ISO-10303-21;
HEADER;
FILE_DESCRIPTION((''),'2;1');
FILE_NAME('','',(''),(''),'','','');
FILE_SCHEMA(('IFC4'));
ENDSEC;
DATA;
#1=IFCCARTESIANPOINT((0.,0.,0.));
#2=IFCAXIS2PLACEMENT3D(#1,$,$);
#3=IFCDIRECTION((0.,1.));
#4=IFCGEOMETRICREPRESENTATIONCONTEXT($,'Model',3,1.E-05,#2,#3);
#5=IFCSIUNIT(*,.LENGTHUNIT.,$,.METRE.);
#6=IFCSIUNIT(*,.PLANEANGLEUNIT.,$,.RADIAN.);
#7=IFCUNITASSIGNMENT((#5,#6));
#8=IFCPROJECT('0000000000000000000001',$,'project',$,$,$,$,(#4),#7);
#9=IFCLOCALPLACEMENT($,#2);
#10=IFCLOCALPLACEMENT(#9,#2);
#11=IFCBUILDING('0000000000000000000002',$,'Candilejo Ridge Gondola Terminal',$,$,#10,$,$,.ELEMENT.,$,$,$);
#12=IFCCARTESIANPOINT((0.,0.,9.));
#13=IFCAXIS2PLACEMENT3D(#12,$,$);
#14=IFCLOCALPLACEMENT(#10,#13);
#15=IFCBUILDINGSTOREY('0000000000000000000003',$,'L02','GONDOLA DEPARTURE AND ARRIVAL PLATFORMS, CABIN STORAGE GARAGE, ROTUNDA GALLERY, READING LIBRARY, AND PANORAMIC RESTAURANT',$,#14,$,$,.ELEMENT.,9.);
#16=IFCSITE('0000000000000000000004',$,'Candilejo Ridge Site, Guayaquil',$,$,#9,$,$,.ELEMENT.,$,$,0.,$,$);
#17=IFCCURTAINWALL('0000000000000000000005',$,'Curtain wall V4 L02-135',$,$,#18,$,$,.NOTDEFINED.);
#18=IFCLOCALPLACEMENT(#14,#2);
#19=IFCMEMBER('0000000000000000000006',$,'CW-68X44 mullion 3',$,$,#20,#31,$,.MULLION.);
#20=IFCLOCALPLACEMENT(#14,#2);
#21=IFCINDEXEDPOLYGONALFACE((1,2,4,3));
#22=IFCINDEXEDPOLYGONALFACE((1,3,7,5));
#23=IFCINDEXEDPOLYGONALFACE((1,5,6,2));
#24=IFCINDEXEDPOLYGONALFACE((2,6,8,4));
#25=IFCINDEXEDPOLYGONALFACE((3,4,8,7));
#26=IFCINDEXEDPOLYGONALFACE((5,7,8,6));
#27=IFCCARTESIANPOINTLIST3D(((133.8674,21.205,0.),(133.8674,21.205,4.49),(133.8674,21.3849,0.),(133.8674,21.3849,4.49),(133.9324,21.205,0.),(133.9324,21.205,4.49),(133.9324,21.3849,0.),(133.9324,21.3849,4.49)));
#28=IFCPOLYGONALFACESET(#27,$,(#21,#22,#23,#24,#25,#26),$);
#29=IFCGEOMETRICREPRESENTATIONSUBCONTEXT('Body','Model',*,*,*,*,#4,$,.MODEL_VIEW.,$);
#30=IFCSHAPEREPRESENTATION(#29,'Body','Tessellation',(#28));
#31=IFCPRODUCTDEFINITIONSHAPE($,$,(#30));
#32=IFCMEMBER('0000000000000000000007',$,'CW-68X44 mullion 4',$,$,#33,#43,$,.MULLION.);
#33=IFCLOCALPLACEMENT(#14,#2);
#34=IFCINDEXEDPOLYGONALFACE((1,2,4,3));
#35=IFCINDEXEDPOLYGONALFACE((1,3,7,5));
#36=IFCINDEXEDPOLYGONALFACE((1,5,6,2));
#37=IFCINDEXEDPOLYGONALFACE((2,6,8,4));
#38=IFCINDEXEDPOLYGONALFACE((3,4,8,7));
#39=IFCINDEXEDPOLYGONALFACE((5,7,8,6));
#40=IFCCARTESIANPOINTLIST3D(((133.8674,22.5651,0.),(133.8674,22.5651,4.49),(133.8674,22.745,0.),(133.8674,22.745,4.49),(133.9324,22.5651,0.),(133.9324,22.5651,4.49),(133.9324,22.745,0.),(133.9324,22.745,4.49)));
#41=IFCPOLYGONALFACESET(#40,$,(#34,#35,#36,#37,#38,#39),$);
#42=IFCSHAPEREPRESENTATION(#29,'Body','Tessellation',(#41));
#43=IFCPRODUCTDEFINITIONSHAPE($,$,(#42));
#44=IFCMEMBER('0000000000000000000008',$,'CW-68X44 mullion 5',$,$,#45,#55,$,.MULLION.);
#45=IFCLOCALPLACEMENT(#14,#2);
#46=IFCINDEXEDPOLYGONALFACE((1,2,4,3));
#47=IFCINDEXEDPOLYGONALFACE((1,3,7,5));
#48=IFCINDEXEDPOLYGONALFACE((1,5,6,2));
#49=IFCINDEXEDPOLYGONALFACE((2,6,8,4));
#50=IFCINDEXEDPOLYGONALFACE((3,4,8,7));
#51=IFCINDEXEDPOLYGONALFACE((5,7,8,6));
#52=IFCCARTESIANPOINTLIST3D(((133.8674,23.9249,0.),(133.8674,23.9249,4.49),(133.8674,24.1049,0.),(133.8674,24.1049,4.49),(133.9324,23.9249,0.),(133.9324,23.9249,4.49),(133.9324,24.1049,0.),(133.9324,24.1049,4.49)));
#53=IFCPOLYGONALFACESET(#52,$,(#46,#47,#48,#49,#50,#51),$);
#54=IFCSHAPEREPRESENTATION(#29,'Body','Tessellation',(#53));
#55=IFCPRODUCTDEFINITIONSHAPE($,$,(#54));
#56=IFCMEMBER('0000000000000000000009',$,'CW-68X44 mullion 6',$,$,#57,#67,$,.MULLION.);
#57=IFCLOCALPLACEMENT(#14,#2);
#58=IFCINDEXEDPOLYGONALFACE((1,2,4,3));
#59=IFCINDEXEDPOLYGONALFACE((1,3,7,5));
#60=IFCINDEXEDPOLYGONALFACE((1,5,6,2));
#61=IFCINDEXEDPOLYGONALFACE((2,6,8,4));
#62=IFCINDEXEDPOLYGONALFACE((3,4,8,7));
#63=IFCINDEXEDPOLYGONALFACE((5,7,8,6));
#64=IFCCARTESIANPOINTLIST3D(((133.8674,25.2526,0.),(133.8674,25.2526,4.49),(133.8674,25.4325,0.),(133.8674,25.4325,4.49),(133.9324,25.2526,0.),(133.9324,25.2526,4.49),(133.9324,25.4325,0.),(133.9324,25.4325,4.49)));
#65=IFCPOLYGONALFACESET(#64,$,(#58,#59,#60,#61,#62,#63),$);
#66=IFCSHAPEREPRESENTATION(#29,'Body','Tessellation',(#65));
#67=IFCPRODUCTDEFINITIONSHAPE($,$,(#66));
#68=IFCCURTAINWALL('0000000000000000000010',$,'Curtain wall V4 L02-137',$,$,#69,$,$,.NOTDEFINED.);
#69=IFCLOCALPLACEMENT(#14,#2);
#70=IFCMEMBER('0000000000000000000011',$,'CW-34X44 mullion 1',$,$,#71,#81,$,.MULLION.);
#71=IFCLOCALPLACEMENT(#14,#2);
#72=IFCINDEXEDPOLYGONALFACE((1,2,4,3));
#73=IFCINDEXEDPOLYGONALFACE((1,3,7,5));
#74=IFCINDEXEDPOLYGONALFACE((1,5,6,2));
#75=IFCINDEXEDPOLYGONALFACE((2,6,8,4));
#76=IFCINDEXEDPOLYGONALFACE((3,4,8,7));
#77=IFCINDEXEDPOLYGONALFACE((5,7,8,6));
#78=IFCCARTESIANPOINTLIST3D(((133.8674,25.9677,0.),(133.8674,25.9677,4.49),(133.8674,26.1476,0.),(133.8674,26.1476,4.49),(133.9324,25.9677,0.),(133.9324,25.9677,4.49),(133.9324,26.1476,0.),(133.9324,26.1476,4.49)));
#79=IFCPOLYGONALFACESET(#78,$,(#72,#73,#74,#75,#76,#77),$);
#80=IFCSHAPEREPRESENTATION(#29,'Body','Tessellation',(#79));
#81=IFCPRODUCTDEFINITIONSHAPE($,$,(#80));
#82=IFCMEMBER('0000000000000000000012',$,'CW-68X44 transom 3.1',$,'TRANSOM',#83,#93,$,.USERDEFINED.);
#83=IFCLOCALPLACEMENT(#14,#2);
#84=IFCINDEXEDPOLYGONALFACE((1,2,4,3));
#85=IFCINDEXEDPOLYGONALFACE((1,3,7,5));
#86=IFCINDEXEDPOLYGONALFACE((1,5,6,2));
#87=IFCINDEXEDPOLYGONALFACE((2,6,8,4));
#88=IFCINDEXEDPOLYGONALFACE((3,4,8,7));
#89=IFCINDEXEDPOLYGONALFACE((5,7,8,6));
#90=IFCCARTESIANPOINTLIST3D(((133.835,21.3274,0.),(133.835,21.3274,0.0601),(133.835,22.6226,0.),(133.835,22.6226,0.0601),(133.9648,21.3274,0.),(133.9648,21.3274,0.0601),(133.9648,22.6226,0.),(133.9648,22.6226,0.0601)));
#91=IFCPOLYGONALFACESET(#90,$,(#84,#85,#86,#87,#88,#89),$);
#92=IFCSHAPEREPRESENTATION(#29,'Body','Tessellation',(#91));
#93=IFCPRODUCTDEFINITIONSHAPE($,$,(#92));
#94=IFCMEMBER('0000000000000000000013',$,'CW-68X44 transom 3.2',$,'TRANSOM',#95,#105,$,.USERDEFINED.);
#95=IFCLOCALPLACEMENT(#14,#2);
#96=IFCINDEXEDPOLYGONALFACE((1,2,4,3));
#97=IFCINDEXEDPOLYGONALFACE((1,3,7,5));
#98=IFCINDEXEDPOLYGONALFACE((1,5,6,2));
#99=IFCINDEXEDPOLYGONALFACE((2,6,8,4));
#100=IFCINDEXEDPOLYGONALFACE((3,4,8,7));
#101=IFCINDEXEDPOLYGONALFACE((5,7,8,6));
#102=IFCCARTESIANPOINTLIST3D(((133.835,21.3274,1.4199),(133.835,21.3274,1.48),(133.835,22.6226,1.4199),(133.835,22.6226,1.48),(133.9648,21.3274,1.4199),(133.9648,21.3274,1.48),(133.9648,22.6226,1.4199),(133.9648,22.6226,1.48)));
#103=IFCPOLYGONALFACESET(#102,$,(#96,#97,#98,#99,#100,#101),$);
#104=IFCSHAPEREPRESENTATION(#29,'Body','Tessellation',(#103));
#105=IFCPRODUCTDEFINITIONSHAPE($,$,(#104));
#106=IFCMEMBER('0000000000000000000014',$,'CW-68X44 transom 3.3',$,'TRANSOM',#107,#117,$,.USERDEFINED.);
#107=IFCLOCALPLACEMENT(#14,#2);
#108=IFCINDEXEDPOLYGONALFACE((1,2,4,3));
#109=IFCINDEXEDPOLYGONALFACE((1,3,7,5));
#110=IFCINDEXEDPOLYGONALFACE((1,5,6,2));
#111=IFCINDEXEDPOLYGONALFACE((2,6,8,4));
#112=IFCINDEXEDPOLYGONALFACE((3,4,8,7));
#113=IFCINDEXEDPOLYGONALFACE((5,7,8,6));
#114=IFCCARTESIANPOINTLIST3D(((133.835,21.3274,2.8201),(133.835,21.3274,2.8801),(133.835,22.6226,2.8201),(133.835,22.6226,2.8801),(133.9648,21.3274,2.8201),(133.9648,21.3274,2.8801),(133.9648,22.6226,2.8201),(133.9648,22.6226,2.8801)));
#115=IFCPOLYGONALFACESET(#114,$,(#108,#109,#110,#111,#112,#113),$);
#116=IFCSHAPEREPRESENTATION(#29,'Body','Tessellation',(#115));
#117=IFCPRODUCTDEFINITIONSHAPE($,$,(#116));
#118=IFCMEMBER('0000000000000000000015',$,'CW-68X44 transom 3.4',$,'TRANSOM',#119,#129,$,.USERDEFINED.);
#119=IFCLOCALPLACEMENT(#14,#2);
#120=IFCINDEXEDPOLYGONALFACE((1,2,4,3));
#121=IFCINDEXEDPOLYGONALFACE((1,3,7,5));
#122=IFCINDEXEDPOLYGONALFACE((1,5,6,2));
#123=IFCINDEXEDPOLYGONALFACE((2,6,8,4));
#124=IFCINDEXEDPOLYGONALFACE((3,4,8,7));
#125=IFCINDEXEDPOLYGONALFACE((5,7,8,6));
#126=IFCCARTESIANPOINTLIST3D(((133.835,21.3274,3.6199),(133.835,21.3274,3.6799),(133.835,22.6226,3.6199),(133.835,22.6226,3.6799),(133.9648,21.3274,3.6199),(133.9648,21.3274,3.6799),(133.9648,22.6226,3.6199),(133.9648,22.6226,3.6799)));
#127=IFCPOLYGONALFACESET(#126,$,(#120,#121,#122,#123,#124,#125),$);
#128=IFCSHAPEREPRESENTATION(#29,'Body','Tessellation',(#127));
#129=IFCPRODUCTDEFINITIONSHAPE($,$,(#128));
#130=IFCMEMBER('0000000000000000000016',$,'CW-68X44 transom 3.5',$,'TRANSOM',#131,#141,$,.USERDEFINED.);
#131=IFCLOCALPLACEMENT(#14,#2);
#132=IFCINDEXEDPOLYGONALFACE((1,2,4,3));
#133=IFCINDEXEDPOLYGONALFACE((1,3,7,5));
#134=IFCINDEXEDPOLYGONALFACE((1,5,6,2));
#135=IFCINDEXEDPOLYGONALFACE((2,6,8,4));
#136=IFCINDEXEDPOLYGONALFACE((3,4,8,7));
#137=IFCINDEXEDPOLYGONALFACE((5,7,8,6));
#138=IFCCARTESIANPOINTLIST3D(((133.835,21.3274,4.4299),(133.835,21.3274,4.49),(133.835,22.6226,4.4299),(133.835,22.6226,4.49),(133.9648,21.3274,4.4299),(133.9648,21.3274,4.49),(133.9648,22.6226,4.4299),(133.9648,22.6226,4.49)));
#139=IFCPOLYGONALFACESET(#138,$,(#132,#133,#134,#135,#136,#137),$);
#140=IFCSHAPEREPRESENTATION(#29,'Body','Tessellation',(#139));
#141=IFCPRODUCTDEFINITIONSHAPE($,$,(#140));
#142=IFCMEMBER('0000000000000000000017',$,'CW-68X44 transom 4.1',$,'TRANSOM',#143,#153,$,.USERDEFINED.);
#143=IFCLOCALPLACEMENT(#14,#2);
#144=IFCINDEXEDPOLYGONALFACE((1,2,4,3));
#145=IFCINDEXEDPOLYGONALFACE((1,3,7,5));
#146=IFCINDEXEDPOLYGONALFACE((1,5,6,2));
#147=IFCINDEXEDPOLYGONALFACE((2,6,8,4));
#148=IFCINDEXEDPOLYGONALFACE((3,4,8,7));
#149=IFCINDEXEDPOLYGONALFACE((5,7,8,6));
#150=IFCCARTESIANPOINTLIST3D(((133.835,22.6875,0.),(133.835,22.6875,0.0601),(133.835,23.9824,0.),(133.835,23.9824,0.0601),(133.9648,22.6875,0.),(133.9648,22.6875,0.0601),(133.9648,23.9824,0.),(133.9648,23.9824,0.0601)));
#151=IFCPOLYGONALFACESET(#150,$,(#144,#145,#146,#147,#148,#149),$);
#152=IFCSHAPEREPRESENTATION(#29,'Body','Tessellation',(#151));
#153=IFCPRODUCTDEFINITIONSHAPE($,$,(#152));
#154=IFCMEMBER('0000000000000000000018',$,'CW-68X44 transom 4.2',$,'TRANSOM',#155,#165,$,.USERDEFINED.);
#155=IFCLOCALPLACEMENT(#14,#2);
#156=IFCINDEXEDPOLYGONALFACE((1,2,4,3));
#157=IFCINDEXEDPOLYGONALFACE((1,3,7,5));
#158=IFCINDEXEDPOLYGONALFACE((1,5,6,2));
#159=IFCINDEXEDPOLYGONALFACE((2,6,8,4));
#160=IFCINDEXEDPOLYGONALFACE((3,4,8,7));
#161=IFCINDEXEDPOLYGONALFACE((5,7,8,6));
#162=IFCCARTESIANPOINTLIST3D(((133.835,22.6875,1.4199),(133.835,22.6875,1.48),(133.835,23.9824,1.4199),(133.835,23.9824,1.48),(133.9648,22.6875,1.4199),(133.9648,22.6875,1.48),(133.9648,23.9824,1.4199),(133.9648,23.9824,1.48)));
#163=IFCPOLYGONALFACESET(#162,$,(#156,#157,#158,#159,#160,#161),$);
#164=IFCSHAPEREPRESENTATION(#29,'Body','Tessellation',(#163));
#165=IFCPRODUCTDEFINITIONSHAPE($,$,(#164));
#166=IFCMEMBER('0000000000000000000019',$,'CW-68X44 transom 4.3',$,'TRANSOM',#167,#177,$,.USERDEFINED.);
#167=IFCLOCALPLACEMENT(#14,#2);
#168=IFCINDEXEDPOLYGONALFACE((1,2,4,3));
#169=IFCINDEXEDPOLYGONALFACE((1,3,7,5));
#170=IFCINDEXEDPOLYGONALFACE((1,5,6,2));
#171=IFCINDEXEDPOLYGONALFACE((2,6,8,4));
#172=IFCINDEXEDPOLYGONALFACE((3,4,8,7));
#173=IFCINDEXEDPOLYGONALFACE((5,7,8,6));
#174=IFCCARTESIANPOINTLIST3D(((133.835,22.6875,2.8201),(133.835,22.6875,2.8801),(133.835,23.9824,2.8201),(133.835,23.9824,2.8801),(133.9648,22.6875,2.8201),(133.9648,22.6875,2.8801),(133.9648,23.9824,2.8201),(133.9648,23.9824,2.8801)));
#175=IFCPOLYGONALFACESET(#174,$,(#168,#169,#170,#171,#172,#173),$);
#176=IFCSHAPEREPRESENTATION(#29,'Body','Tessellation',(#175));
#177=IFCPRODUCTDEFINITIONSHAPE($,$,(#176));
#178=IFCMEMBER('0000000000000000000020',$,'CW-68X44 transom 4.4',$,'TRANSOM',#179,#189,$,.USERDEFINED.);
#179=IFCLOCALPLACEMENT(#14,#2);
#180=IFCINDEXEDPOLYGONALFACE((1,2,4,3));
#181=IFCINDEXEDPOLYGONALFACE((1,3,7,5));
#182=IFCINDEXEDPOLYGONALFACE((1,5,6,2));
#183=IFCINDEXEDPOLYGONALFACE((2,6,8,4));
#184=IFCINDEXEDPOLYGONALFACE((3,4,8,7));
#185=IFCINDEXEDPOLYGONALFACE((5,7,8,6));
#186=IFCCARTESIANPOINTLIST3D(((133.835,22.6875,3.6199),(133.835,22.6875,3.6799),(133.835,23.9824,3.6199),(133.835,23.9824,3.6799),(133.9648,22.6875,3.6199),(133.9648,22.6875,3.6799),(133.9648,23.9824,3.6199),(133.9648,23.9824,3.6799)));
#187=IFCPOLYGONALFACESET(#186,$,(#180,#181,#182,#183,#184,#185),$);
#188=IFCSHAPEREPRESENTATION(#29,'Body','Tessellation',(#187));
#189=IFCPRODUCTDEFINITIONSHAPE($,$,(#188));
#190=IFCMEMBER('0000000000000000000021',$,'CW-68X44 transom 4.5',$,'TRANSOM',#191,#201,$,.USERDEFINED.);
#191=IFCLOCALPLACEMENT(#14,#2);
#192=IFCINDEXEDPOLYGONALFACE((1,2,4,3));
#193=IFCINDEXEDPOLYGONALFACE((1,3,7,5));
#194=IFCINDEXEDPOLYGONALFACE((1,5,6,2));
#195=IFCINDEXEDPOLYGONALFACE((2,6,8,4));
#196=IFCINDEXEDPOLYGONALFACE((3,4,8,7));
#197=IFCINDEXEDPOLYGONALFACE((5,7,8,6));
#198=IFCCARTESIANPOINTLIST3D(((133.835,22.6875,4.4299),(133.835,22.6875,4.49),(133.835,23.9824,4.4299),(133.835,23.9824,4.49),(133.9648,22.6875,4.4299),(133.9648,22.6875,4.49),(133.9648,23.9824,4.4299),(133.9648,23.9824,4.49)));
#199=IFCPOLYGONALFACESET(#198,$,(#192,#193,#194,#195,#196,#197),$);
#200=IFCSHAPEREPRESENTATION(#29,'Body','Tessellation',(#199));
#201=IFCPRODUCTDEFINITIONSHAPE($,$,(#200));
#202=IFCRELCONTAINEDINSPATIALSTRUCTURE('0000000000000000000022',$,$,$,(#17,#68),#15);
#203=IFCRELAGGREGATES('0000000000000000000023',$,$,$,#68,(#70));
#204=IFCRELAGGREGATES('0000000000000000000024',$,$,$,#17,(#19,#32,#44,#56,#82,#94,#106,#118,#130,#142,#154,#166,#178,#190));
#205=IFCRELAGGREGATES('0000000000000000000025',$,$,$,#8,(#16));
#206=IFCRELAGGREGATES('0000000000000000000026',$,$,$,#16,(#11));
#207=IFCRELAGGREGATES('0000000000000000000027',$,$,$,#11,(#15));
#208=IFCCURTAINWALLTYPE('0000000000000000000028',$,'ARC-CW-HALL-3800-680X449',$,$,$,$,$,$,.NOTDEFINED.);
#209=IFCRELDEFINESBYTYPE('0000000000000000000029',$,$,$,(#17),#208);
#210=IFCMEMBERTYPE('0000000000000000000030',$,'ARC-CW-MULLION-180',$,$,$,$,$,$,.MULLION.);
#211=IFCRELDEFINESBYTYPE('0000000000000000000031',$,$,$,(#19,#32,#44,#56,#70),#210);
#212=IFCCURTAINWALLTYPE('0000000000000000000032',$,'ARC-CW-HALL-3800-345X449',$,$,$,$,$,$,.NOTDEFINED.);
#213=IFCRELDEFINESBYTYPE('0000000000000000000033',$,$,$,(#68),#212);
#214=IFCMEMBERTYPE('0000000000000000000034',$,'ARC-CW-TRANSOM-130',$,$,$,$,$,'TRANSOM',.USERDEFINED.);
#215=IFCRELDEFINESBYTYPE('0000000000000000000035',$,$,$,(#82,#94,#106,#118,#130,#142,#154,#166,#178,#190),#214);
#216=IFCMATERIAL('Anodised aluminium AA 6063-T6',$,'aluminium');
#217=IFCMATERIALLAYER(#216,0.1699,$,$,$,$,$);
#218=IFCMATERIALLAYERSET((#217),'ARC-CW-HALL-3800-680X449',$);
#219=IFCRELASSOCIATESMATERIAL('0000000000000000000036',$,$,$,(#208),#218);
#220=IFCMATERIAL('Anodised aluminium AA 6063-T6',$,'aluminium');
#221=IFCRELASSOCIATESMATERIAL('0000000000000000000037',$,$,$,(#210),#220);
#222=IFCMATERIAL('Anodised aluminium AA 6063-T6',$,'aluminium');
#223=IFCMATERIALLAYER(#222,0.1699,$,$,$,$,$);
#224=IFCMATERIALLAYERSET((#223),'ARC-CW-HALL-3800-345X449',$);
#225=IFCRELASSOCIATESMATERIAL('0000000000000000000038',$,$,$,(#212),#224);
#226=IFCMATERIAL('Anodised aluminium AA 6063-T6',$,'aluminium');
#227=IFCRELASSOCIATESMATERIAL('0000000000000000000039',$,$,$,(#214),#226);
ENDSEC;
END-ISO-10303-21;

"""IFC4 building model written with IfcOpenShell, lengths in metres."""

from ifc_helpers import new_model, si_unit, direction, frame, origin, origin_2d, place, context, subcontext, project, spatial, rectangle, extrude, material, layer, layer_set, material_profile, profile_set, type_object, element, aggregate, save


model = new_model("IFC4")

# Units and contexts
model_context = context("Model", 3, precision=1e-05, world=origin(), true_north=direction((0.0, 1.0)))
body_context = subcontext(model_context, "Body", "Model", "MODEL_VIEW")
ifc_project = project(units=[si_unit("LENGTHUNIT", "METRE"), si_unit("PLANEANGLEUNIT", "RADIAN")], contexts=[model_context])

# Site, building, storey
site_placement = place(None, origin())
site = spatial("IfcSite", under=ifc_project, at=site_placement, Name="Candilejo Ridge Site, Guayaquil", CompositionType="ELEMENT", RefElevation=0.0)
building_placement = place(site_placement, origin())
building = spatial("IfcBuilding", under=site, at=building_placement, Name="Candilejo Ridge Gondola Terminal", CompositionType="ELEMENT")
storey_placement = place(building_placement, frame((0.0, 0.0, 9.0)))
storey = spatial("IfcBuildingStorey", under=building, at=storey_placement, Name="L02", Description="GONDOLA DEPARTURE AND ARRIVAL PLATFORMS, CABIN STORAGE GARAGE, ROTUNDA GALLERY, READING LIBRARY, AND PANORAMIC RESTAURANT", CompositionType="ELEMENT", Elevation=9.0)

# Curtain wall, members
ifc_material_1 = material(Name="Anodised aluminium AA 6063-T6", Category="aluminium")
ifc_layer_1 = layer(ifc_material_1, 0.1699)
ifc_layer_set_1 = layer_set([ifc_layer_1], Name="ARC-CW-HALL-3800-680X449")
curtain_wall_type_1 = type_object("IfcCurtainWallType", Name="ARC-CW-HALL-3800-680X449", PredefinedType="NOTDEFINED", material=ifc_layer_set_1)
curtain_wall_1_placement = place(storey_placement, origin())
curtain_wall_1 = element("IfcCurtainWall", 1, at=curtain_wall_1_placement, inside=storey, type_object=curtain_wall_type_1, Name="Curtain wall V4 L02-135", PredefinedType="NOTDEFINED")
ifc_material_2 = material(Name="Anodised aluminium AA 6063-T6", Category="aluminium")
ifc_material_profile_1 = material_profile(ifc_material_2, rectangle(XDim=0.0649, YDim=0.1799, at=origin_2d()))
ifc_profile_set_1 = profile_set([ifc_material_profile_1], Name="Anodised aluminium AA 6063-T6")
member_type_1 = type_object("IfcMemberType", Name="ARC-CW-MULLION-180", PredefinedType="MULLION", material=ifc_profile_set_1)
member_1_placement = place(storey_placement, frame((133.8999, 21.2949, 0.0), z_axis=(0.0, 0.0, 1.0), x_axis=(-1.0, 0.0, 0.0)))
member_1 = element("IfcMember", 2, at=member_1_placement, type_object=member_type_1, Name="CW-68X44 mullion 3", PredefinedType="MULLION", context=body_context, shape_type="SweptSolid", body=[
    extrude(rectangle(XDim=0.0649, YDim=0.1799, at=origin_2d()), origin(), (0.0, 0.0, 1.0), 4.49),
])
member_2_placement = place(storey_placement, frame((133.8999, 22.655, 0.0), z_axis=(0.0, 0.0, 1.0), x_axis=(-1.0, 0.0, 0.0)))
member_2 = element("IfcMember", 3, at=member_2_placement, type_object=member_type_1, Name="CW-68X44 mullion 4", PredefinedType="MULLION", context=body_context, shape_type="SweptSolid", body=[
    extrude(rectangle(XDim=0.0649, YDim=0.1799, at=origin_2d()), origin(), (0.0, 0.0, 1.0), 4.49),
])
member_3_placement = place(storey_placement, frame((133.8999, 24.0149, 0.0), z_axis=(0.0, 0.0, 1.0), x_axis=(-1.0, 0.0, 0.0)))
member_3 = element("IfcMember", 4, at=member_3_placement, type_object=member_type_1, Name="CW-68X44 mullion 5", PredefinedType="MULLION", context=body_context, shape_type="SweptSolid", body=[
    extrude(rectangle(XDim=0.0649, YDim=0.1799, at=origin_2d()), origin(), (0.0, 0.0, 1.0), 4.49),
])
member_4_placement = place(storey_placement, frame((133.8999, 25.3425, 0.0), z_axis=(0.0, 0.0, 1.0), x_axis=(-1.0, 0.0, 0.0)))
member_4 = element("IfcMember", 5, at=member_4_placement, type_object=member_type_1, Name="CW-68X44 mullion 6", PredefinedType="MULLION", context=body_context, shape_type="SweptSolid", body=[
    extrude(rectangle(XDim=0.0649, YDim=0.1799, at=origin_2d()), origin(), (0.0, 0.0, 1.0), 4.49),
])

# Curtain wall, member
ifc_material_3 = material(Name="Anodised aluminium AA 6063-T6", Category="aluminium")
ifc_layer_2 = layer(ifc_material_3, 0.1699)
ifc_layer_set_2 = layer_set([ifc_layer_2], Name="ARC-CW-HALL-3800-345X449")
curtain_wall_type_2 = type_object("IfcCurtainWallType", Name="ARC-CW-HALL-3800-345X449", PredefinedType="NOTDEFINED", material=ifc_layer_set_2)
curtain_wall_2_placement = place(storey_placement, origin())
curtain_wall_2 = element("IfcCurtainWall", 6, at=curtain_wall_2_placement, inside=storey, type_object=curtain_wall_type_2, Name="Curtain wall V4 L02-137", PredefinedType="NOTDEFINED")
member_5_placement = place(storey_placement, frame((133.8999, 26.0576, 0.0), z_axis=(0.0, 0.0, 1.0), x_axis=(-1.0, 0.0, 0.0)))
member_5 = element("IfcMember", 7, at=member_5_placement, type_object=member_type_1, Name="CW-34X44 mullion 1", PredefinedType="MULLION", context=body_context, shape_type="SweptSolid", body=[
    extrude(rectangle(XDim=0.0649, YDim=0.1799, at=origin_2d()), origin(), (0.0, 0.0, 1.0), 4.49),
])

# Members
ifc_material_4 = material(Name="Anodised aluminium AA 6063-T6", Category="aluminium")
ifc_material_profile_2 = material_profile(ifc_material_4, rectangle(XDim=0.1299, YDim=0.0601, at=origin_2d()))
ifc_profile_set_2 = profile_set([ifc_material_profile_2], Name="Anodised aluminium AA 6063-T6")
member_type_2 = type_object("IfcMemberType", Name="ARC-CW-TRANSOM-130", ElementType="TRANSOM", PredefinedType="USERDEFINED", material=ifc_profile_set_2)
member_6_placement = place(storey_placement, frame((133.8999, 21.3274, 0.03), z_axis=(0.0, 1.0, 0.0), x_axis=(-1.0, 0.0, 0.0)))
member_6 = element("IfcMember", 8, at=member_6_placement, type_object=member_type_2, Name="CW-68X44 transom 3.1", ObjectType="TRANSOM", PredefinedType="USERDEFINED", context=body_context, shape_type="SweptSolid", body=[
    extrude(rectangle(XDim=0.1299, YDim=0.0601, at=origin_2d()), origin(), (0.0, 0.0, 1.0), 1.2952),
])
member_7_placement = place(storey_placement, frame((133.8999, 21.3274, 1.45), z_axis=(0.0, 1.0, 0.0), x_axis=(-1.0, 0.0, 0.0)))
member_7 = element("IfcMember", 9, at=member_7_placement, type_object=member_type_2, Name="CW-68X44 transom 3.2", ObjectType="TRANSOM", PredefinedType="USERDEFINED", context=body_context, shape_type="SweptSolid", body=[
    extrude(rectangle(XDim=0.1299, YDim=0.0601, at=origin_2d()), origin(), (0.0, 0.0, 1.0), 1.2952),
])
member_8_placement = place(storey_placement, frame((133.8999, 21.3274, 2.8501), z_axis=(0.0, 1.0, 0.0), x_axis=(-1.0, 0.0, 0.0)))
member_8 = element("IfcMember", 10, at=member_8_placement, type_object=member_type_2, Name="CW-68X44 transom 3.3", ObjectType="TRANSOM", PredefinedType="USERDEFINED", context=body_context, shape_type="SweptSolid", body=[
    extrude(rectangle(XDim=0.1299, YDim=0.0601, at=origin_2d()), origin(), (0.0, 0.0, 1.0), 1.2952),
])
member_9_placement = place(storey_placement, frame((133.8999, 21.3274, 3.6499), z_axis=(0.0, 1.0, 0.0), x_axis=(-1.0, 0.0, 0.0)))
member_9 = element("IfcMember", 11, at=member_9_placement, type_object=member_type_2, Name="CW-68X44 transom 3.4", ObjectType="TRANSOM", PredefinedType="USERDEFINED", context=body_context, shape_type="SweptSolid", body=[
    extrude(rectangle(XDim=0.1299, YDim=0.0601, at=origin_2d()), origin(), (0.0, 0.0, 1.0), 1.2952),
])
member_10_placement = place(storey_placement, frame((133.8999, 21.3274, 4.46), z_axis=(0.0, 1.0, 0.0), x_axis=(-1.0, 0.0, 0.0)))
member_10 = element("IfcMember", 12, at=member_10_placement, type_object=member_type_2, Name="CW-68X44 transom 3.5", ObjectType="TRANSOM", PredefinedType="USERDEFINED", context=body_context, shape_type="SweptSolid", body=[
    extrude(rectangle(XDim=0.1299, YDim=0.0601, at=origin_2d()), origin(), (0.0, 0.0, 1.0), 1.2952),
])
member_11_placement = place(storey_placement, frame((133.8999, 22.6875, 0.03), z_axis=(0.0, 1.0, 0.0), x_axis=(-1.0, 0.0, 0.0)))
member_11 = element("IfcMember", 13, at=member_11_placement, type_object=member_type_2, Name="CW-68X44 transom 4.1", ObjectType="TRANSOM", PredefinedType="USERDEFINED", context=body_context, shape_type="SweptSolid", body=[
    extrude(rectangle(XDim=0.1299, YDim=0.0601, at=origin_2d()), origin(), (0.0, 0.0, 1.0), 1.2949),
])
member_12_placement = place(storey_placement, frame((133.8999, 22.6875, 1.45), z_axis=(0.0, 1.0, 0.0), x_axis=(-1.0, 0.0, 0.0)))
member_12 = element("IfcMember", 14, at=member_12_placement, type_object=member_type_2, Name="CW-68X44 transom 4.2", ObjectType="TRANSOM", PredefinedType="USERDEFINED", context=body_context, shape_type="SweptSolid", body=[
    extrude(rectangle(XDim=0.1299, YDim=0.0601, at=origin_2d()), origin(), (0.0, 0.0, 1.0), 1.2949),
])
member_13_placement = place(storey_placement, frame((133.8999, 22.6875, 2.8501), z_axis=(0.0, 1.0, 0.0), x_axis=(-1.0, 0.0, 0.0)))
member_13 = element("IfcMember", 15, at=member_13_placement, type_object=member_type_2, Name="CW-68X44 transom 4.3", ObjectType="TRANSOM", PredefinedType="USERDEFINED", context=body_context, shape_type="SweptSolid", body=[
    extrude(rectangle(XDim=0.1299, YDim=0.0601, at=origin_2d()), origin(), (0.0, 0.0, 1.0), 1.2949),
])
member_14_placement = place(storey_placement, frame((133.8999, 22.6875, 3.6499), z_axis=(0.0, 1.0, 0.0), x_axis=(-1.0, 0.0, 0.0)))
member_14 = element("IfcMember", 16, at=member_14_placement, type_object=member_type_2, Name="CW-68X44 transom 4.4", ObjectType="TRANSOM", PredefinedType="USERDEFINED", context=body_context, shape_type="SweptSolid", body=[
    extrude(rectangle(XDim=0.1299, YDim=0.0601, at=origin_2d()), origin(), (0.0, 0.0, 1.0), 1.2949),
])
member_15_placement = place(storey_placement, frame((133.8999, 22.6875, 4.46), z_axis=(0.0, 1.0, 0.0), x_axis=(-1.0, 0.0, 0.0)))
member_15 = element("IfcMember", 17, at=member_15_placement, type_object=member_type_2, Name="CW-68X44 transom 4.5", ObjectType="TRANSOM", PredefinedType="USERDEFINED", context=body_context, shape_type="SweptSolid", body=[
    extrude(rectangle(XDim=0.1299, YDim=0.0601, at=origin_2d()), origin(), (0.0, 0.0, 1.0), 1.2949),
])
aggregate(curtain_wall_2, [member_5])

aggregate(curtain_wall_1, [member_1, member_2, member_3, member_4, member_6, member_7, member_8, member_9, member_10, member_11, member_12, member_13, member_14, member_15])

save(model, "model.ifc")
